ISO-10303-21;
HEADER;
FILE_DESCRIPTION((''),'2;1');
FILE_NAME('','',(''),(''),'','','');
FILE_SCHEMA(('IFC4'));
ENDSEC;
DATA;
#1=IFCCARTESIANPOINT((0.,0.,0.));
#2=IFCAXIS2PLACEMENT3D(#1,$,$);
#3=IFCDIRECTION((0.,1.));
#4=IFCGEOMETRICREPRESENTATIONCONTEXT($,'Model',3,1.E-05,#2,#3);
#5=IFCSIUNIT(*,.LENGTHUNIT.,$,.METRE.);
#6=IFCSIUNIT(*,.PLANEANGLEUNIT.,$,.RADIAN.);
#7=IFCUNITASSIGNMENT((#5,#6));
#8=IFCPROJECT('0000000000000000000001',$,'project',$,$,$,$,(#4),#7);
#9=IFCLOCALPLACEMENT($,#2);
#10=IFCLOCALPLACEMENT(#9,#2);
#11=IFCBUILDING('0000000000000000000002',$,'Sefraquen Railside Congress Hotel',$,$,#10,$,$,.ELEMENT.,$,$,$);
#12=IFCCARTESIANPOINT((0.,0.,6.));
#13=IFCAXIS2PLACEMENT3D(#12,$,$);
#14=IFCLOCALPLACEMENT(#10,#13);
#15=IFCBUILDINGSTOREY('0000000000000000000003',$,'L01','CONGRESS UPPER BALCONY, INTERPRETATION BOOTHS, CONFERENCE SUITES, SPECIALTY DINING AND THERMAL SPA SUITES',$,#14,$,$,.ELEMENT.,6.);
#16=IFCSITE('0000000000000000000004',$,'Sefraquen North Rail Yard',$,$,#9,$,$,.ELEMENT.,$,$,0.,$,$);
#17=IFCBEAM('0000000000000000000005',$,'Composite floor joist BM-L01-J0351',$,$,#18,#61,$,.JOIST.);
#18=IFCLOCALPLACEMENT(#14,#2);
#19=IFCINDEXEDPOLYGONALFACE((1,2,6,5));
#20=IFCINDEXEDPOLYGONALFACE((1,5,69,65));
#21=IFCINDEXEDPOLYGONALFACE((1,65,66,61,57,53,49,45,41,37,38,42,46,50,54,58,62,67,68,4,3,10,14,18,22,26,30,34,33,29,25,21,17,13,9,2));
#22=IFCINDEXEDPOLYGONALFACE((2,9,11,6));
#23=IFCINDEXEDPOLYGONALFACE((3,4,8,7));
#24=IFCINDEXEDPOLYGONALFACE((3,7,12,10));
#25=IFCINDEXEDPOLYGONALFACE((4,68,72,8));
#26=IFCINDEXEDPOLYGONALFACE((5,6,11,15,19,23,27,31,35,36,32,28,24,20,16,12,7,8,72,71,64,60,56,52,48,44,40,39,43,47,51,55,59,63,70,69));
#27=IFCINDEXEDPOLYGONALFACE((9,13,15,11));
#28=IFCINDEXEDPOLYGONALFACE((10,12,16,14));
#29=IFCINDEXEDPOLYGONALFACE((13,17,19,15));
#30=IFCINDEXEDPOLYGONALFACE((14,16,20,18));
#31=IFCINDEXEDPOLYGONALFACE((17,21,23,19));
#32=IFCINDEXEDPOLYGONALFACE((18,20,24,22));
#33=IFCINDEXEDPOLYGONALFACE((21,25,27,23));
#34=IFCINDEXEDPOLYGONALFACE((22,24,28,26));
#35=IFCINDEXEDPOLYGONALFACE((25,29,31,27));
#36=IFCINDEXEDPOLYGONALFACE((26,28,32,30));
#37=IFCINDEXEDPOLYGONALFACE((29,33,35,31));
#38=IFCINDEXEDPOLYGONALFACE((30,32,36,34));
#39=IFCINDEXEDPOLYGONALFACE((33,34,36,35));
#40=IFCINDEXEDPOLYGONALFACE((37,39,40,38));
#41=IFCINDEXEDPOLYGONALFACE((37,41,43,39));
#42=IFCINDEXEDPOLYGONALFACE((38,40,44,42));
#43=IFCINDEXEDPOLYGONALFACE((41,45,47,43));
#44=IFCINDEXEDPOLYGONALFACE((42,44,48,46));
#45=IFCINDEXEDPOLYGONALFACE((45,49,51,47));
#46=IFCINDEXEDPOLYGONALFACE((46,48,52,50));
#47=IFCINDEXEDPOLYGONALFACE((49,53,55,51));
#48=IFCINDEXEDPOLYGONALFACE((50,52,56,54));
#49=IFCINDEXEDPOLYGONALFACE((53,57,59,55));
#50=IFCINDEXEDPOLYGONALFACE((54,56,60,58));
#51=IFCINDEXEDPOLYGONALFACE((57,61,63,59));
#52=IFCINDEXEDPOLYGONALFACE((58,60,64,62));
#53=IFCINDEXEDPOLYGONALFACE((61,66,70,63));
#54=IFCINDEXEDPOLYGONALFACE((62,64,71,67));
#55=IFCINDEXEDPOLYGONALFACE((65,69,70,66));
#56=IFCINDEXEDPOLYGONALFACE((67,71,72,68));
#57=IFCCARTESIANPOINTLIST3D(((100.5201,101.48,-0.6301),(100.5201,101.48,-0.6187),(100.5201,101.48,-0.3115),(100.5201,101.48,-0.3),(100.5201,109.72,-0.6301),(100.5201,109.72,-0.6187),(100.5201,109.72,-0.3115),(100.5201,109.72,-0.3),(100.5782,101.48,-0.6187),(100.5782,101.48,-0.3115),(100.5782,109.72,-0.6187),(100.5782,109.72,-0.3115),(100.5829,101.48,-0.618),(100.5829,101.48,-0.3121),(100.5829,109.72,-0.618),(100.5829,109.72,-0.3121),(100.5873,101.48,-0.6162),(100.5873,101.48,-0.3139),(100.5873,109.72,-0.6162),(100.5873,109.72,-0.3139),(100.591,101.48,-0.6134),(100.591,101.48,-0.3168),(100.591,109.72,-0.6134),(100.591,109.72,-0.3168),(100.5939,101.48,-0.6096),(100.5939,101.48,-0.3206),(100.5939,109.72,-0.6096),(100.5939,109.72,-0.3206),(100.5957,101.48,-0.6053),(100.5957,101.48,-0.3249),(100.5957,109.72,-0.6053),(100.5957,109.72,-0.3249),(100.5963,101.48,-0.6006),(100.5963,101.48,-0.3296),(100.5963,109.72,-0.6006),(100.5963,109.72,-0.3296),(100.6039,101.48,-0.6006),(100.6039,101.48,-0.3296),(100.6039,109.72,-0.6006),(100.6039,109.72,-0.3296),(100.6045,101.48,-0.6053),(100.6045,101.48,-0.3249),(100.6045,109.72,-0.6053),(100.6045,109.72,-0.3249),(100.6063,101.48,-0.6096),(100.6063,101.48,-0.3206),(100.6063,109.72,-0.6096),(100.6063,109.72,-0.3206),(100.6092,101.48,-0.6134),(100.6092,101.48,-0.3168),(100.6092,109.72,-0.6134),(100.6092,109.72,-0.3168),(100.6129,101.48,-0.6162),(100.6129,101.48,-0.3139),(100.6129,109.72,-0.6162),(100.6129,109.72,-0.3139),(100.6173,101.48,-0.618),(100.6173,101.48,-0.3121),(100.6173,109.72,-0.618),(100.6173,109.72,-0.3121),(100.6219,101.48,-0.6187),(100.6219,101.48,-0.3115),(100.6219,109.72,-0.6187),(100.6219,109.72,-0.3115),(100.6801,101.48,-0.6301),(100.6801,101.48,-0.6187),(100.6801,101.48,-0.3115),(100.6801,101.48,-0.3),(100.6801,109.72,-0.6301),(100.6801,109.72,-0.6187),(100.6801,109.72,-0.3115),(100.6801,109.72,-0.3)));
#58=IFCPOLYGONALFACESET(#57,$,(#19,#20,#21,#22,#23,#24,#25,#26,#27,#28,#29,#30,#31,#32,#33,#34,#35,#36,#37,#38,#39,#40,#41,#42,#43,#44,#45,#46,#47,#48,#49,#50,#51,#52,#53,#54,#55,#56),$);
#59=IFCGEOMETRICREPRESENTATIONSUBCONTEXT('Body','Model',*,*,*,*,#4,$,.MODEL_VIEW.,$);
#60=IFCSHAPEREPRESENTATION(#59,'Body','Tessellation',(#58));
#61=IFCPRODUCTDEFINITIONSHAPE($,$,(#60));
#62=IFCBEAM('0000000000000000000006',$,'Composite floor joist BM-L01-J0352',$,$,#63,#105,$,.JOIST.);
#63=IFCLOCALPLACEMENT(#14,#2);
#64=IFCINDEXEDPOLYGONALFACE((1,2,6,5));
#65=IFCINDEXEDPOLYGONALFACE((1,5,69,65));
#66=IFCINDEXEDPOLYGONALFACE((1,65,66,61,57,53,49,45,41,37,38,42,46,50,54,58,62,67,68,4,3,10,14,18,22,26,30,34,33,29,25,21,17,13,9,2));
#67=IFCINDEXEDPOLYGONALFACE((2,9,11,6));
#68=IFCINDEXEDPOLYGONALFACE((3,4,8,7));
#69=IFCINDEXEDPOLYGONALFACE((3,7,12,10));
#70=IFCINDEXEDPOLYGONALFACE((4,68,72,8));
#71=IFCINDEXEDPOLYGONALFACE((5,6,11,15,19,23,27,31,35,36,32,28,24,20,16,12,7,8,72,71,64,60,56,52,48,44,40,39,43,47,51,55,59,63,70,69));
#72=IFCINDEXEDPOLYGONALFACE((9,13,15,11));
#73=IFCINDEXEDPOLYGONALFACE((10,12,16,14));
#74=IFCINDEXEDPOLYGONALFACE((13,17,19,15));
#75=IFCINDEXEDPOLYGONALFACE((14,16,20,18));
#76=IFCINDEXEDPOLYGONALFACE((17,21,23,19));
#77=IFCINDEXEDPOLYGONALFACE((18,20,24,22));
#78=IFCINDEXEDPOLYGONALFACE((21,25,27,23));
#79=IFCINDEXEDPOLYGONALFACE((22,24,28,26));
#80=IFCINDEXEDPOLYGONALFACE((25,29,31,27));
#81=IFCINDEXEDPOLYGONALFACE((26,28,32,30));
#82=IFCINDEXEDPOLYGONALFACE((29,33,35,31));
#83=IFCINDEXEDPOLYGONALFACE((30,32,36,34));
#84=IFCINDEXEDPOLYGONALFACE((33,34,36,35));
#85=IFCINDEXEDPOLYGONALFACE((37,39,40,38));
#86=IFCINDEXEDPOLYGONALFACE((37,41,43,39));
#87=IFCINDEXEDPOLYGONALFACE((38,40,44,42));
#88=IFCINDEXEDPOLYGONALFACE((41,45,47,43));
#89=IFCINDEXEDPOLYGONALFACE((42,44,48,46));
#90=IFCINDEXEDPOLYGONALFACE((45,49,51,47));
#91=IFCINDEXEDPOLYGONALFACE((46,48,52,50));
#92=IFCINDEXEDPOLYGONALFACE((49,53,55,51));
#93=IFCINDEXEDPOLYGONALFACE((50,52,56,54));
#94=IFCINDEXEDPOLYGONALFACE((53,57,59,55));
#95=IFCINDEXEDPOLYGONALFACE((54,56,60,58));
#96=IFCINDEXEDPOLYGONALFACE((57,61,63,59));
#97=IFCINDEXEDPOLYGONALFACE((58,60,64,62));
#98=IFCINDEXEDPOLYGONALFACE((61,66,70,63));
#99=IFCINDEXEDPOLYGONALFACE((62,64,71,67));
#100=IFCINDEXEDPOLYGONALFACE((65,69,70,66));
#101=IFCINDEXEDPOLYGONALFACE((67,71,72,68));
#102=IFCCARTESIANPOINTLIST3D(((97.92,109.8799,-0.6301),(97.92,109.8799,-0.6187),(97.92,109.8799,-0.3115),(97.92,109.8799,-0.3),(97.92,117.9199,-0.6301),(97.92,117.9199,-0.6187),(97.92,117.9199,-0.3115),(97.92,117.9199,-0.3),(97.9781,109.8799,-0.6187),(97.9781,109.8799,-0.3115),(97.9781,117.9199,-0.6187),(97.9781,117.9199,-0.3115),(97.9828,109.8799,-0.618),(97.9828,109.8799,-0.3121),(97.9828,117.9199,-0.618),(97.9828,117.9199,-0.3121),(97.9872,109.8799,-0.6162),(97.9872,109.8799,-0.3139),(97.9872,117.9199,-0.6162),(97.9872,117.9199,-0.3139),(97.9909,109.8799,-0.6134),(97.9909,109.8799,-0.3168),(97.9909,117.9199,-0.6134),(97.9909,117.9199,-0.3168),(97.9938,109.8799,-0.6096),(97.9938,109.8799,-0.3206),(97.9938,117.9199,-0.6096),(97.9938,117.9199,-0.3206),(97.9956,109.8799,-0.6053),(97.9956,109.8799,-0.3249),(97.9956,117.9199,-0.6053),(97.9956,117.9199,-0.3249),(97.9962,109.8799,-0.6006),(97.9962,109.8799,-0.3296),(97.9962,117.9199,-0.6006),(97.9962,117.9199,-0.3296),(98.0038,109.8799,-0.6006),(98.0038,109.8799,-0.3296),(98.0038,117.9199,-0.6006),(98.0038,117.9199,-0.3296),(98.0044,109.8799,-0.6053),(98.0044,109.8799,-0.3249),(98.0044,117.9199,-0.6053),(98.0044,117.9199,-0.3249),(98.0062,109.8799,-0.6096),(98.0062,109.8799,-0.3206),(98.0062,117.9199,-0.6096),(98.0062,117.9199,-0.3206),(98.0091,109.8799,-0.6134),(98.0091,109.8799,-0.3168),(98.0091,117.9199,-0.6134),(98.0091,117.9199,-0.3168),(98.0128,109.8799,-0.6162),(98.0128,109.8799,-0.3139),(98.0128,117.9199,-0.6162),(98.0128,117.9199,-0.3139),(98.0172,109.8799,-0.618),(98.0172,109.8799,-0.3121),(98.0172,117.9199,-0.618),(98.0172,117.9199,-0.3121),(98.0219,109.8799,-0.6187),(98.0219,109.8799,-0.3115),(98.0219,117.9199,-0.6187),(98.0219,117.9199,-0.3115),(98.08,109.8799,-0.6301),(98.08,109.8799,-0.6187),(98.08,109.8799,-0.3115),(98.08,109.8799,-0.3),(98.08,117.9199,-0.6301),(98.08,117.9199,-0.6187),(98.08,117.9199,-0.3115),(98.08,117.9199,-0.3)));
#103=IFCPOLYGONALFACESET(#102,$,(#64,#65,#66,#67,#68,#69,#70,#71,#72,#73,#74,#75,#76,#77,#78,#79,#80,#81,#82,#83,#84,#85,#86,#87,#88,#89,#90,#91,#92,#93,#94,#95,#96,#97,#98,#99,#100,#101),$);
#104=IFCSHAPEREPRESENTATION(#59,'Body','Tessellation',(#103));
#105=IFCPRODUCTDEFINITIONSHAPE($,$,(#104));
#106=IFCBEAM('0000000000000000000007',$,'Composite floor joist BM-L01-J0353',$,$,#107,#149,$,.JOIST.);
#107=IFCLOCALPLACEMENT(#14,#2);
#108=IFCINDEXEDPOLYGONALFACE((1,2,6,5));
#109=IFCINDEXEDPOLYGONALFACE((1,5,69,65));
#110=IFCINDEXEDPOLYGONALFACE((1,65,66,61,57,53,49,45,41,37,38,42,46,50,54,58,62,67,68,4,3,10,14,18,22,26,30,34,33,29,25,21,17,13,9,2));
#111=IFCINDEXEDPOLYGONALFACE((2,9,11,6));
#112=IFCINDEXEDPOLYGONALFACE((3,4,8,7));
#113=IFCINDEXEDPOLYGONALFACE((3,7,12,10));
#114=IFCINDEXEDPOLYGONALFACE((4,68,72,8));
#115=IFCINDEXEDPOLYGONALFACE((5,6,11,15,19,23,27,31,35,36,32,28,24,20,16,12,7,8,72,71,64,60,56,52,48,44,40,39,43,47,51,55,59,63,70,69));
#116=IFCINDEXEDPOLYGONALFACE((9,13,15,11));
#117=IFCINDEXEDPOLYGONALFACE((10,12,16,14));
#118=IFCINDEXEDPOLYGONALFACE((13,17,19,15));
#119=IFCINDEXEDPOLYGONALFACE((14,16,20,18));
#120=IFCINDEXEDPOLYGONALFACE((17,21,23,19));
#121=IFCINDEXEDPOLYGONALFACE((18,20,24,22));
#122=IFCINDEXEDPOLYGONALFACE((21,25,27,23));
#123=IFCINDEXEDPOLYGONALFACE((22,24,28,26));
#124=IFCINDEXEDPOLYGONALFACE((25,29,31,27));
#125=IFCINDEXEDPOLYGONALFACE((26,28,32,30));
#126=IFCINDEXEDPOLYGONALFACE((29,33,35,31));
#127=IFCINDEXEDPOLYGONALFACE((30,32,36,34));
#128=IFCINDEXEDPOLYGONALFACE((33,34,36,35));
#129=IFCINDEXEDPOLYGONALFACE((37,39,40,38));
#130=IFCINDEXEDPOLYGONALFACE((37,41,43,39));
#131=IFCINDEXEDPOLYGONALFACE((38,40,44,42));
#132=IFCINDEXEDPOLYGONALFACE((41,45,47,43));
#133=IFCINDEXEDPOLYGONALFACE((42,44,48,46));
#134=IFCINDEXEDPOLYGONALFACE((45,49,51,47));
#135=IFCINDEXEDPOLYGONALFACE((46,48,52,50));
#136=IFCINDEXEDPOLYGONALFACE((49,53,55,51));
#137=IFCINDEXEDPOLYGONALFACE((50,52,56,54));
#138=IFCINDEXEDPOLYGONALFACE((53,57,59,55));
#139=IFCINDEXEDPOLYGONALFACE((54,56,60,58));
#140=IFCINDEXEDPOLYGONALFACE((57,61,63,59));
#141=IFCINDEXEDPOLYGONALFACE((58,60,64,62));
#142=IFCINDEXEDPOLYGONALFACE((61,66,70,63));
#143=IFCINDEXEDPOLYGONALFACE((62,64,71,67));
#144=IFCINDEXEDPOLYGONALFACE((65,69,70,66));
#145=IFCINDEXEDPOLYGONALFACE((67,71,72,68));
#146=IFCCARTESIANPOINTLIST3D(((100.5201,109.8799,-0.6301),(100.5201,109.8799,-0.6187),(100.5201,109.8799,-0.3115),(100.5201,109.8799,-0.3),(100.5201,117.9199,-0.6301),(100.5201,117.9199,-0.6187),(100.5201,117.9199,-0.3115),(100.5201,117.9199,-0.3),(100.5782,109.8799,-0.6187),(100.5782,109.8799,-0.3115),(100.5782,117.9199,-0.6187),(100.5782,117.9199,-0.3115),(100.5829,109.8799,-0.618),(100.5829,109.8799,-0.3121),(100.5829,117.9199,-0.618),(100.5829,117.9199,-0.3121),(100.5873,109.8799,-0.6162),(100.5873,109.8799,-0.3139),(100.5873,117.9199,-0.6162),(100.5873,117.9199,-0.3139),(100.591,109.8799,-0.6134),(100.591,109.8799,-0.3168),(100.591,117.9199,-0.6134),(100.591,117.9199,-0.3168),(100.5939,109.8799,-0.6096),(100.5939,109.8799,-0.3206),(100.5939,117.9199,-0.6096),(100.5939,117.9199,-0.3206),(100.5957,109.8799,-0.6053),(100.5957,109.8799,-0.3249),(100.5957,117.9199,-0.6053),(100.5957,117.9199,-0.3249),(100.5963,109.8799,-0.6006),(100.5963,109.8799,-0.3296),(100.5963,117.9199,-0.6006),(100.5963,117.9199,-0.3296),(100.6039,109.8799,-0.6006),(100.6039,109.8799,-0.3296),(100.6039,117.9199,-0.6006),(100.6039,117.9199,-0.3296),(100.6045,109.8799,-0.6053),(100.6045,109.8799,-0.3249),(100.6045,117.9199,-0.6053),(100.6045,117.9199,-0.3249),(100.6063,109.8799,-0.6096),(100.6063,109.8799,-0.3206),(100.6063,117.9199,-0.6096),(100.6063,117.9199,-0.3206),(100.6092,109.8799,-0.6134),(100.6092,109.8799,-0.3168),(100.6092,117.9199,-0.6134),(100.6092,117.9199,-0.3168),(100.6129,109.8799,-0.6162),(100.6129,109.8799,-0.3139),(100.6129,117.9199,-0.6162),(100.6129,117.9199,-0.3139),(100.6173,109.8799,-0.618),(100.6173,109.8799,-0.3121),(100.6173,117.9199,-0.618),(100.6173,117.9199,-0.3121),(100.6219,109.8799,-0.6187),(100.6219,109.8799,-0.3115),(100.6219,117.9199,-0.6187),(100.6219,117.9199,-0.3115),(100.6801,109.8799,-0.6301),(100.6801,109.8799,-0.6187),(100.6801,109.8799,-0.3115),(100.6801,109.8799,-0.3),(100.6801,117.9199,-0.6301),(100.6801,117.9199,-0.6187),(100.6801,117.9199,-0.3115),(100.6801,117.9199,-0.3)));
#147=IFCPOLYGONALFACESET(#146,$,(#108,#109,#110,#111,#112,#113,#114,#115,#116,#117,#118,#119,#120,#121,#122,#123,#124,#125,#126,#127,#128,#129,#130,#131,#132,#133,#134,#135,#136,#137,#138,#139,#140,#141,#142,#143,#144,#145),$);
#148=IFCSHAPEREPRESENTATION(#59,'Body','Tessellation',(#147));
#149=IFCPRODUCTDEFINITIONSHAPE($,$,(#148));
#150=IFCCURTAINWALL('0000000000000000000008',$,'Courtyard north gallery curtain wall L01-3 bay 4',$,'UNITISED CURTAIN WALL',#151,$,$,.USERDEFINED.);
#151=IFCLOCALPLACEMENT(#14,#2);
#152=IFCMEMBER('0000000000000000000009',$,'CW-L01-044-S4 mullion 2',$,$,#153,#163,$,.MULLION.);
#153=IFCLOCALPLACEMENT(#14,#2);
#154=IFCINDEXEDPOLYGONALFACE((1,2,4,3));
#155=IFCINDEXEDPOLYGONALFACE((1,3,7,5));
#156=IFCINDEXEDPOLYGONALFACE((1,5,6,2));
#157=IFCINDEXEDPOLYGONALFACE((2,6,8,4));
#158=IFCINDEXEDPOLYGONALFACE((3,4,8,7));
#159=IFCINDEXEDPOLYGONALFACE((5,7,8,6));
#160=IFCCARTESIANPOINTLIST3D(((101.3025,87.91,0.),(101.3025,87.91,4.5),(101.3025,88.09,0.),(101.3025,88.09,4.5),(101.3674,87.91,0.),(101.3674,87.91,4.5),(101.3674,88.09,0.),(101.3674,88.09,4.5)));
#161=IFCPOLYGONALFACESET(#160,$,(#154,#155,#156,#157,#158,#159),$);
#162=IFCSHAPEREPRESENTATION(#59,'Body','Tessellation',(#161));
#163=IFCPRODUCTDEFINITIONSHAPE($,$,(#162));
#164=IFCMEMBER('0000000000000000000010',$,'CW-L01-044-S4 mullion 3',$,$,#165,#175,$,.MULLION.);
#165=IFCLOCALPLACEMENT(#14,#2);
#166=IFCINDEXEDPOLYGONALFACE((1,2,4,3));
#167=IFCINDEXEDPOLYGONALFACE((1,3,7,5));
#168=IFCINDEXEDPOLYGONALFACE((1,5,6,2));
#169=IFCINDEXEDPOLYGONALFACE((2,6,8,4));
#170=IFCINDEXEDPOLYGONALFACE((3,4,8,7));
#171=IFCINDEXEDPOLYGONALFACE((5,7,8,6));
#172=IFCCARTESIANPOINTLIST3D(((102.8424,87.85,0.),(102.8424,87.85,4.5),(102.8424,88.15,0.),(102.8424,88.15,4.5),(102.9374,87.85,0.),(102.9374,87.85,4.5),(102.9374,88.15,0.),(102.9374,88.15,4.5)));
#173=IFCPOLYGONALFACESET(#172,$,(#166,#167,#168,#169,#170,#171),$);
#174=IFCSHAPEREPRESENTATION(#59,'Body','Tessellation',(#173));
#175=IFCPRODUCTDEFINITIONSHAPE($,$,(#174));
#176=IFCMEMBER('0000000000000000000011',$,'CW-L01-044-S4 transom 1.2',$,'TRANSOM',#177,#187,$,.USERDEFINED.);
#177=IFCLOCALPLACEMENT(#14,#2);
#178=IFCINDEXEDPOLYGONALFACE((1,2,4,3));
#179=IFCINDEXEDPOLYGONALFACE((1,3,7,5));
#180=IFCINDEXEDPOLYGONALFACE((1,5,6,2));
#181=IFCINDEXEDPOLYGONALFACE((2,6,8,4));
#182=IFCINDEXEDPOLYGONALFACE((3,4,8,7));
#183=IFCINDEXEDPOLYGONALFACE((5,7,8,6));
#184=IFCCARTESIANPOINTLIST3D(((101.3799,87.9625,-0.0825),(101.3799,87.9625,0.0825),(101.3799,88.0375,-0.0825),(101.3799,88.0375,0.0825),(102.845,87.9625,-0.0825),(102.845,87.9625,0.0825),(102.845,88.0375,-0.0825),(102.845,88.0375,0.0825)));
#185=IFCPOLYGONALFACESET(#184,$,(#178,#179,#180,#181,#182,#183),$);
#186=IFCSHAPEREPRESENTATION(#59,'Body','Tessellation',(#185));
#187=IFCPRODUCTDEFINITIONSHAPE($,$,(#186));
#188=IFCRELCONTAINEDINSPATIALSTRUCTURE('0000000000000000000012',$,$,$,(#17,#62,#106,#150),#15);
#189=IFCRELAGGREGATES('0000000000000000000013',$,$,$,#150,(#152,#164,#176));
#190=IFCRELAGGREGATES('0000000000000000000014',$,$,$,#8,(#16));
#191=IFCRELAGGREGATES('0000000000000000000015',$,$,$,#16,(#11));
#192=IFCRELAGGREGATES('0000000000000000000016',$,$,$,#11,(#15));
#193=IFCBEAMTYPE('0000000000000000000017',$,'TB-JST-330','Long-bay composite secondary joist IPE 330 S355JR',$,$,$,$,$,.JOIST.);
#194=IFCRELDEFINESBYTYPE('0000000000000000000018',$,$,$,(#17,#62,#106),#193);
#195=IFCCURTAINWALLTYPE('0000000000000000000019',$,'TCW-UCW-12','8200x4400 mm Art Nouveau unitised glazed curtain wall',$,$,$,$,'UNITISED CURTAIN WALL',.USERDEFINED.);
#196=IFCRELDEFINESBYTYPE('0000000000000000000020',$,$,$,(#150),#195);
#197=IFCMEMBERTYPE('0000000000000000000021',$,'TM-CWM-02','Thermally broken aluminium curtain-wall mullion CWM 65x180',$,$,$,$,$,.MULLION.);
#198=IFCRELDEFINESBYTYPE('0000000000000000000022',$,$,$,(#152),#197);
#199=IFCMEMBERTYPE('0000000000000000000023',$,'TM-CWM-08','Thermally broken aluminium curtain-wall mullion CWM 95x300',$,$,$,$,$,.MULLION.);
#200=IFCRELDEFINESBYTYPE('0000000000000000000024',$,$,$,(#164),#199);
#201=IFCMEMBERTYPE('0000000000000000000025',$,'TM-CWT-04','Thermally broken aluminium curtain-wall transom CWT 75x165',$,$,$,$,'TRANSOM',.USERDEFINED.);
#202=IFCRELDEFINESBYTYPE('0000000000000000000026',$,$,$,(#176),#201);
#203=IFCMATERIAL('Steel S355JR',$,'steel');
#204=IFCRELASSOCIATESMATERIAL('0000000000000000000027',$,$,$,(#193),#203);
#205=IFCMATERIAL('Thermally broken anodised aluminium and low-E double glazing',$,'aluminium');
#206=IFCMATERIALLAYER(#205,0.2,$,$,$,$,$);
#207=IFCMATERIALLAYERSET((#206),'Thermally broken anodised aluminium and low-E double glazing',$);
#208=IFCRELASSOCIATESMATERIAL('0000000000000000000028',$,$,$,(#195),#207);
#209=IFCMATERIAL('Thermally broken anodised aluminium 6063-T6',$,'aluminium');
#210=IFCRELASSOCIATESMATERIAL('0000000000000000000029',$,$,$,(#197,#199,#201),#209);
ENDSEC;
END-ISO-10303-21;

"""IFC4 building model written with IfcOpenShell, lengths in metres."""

from ifc_helpers import new_model, si_unit, direction, frame, origin, origin_2d, place, context, subcontext, project, spatial, rectangle, i_section, extrude, material, layer, layer_set, material_profile, profile_set, type_object, element, aggregate, save


model = new_model("IFC4")

# Units and contexts
model_context = context("Model", 3, precision=1e-05, world=origin(), true_north=direction((0.0, 1.0)))
body_context = subcontext(model_context, "Body", "Model", "MODEL_VIEW")
ifc_project = project(units=[si_unit("LENGTHUNIT", "METRE"), si_unit("PLANEANGLEUNIT", "RADIAN")], contexts=[model_context])

# Site, building, storey
site_placement = place(None, origin())
site = spatial("IfcSite", under=ifc_project, at=site_placement, Name="Sefraquen North Rail Yard", CompositionType="ELEMENT", RefElevation=0.0)
building_placement = place(site_placement, origin())
building = spatial("IfcBuilding", under=site, at=building_placement, Name="Sefraquen Railside Congress Hotel", CompositionType="ELEMENT")
storey_placement = place(building_placement, frame((0.0, 0.0, 6.0)))
storey = spatial("IfcBuildingStorey", under=building, at=storey_placement, Name="L01", Description="CONGRESS UPPER BALCONY, INTERPRETATION BOOTHS, CONFERENCE SUITES, SPECIALTY DINING AND THERMAL SPA SUITES", CompositionType="ELEMENT", Elevation=6.0)

# Shared definitions
ifc_material_1 = material(Name="Steel S355JR", Category="steel")

# Beams
ifc_material_profile_1 = material_profile(ifc_material_1, i_section(OverallWidth=0.1599, OverallDepth=0.3301, WebThickness=0.0076, FlangeThickness=0.0115, FilletRadius=0.0181, at=origin_2d()), Name="IPE 330")
ifc_profile_set_1 = profile_set([ifc_material_profile_1], Name="Steel S355JR")
beam_type_1 = type_object("IfcBeamType", Name="TB-JST-330", Description="Long-bay composite secondary joist IPE 330 S355JR", PredefinedType="JOIST", material=ifc_profile_set_1)
for number, where, z_axis, x_axis, name in (
    (1, (100.6001, 101.48, -0.4651), (0.0, 1.0, 0.0), (-1.0, 0.0, 0.0), "Composite floor joist BM-L01-J0351"),
):
    element("IfcBeam", number, at=place(storey_placement, frame(where, z_axis=z_axis, x_axis=x_axis)), inside=storey, type_object=beam_type_1, Name=name, PredefinedType="JOIST", context=body_context, shape_type="SweptSolid", body=[
        extrude(i_section(OverallWidth=0.1599, OverallDepth=0.3301, WebThickness=0.0076, FlangeThickness=0.0115, FilletRadius=0.0181, at=origin_2d()), origin(), (0.0, 0.0, 1.0), 8.24),
    ])
for number, where, z_axis, x_axis, name in (
    (2, (98.0, 109.8799, -0.4651), (0.0, 1.0, 0.0), (-1.0, 0.0, 0.0), "Composite floor joist BM-L01-J0352"),
    (3, (100.6001, 109.8799, -0.4651), (0.0, 1.0, 0.0), (-1.0, 0.0, 0.0), "Composite floor joist BM-L01-J0353"),
):
    element("IfcBeam", number, at=place(storey_placement, frame(where, z_axis=z_axis, x_axis=x_axis)), inside=storey, type_object=beam_type_1, Name=name, PredefinedType="JOIST", context=body_context, shape_type="SweptSolid", body=[
        extrude(i_section(OverallWidth=0.1599, OverallDepth=0.3301, WebThickness=0.0076, FlangeThickness=0.0115, FilletRadius=0.0181, at=origin_2d()), origin(), (0.0, 0.0, 1.0), 8.04),
    ])

# Curtain wall, members
ifc_material_2 = material(Name="Thermally broken anodised aluminium and low-E double glazing", Category="aluminium")
ifc_layer_1 = layer(ifc_material_2, 0.2)
ifc_layer_set_1 = layer_set([ifc_layer_1], Name="Thermally broken anodised aluminium and low-E double glazing")
curtain_wall_type = type_object("IfcCurtainWallType", Name="TCW-UCW-12", Description="8200x4400 mm Art Nouveau unitised glazed curtain wall", ElementType="UNITISED CURTAIN WALL", PredefinedType="USERDEFINED", material=ifc_layer_set_1)
curtain_wall_placement = place(storey_placement, origin())
curtain_wall = element("IfcCurtainWall", 4, at=curtain_wall_placement, inside=storey, type_object=curtain_wall_type, Name="Courtyard north gallery curtain wall L01-3 bay 4", ObjectType="UNITISED CURTAIN WALL", PredefinedType="USERDEFINED")
ifc_material_3 = material(Name="Thermally broken anodised aluminium 6063-T6", Category="aluminium")
ifc_material_profile_2 = material_profile(ifc_material_3, rectangle(XDim=0.0649, YDim=0.1799, at=origin_2d()), Name="CWM 65x180")
ifc_profile_set_2 = profile_set([ifc_material_profile_2], Name="Thermally broken anodised aluminium 6063-T6")
member_type_1 = type_object("IfcMemberType", Name="TM-CWM-02", Description="Thermally broken aluminium curtain-wall mullion CWM 65x180", PredefinedType="MULLION", material=ifc_profile_set_2)
member_1_placement = place(storey_placement, frame((101.335, 88.0, 0.0), z_axis=(0.0, 0.0, 1.0), x_axis=(1.0, 0.0, 0.0)))
member_1 = element("IfcMember", 5, at=member_1_placement, type_object=member_type_1, Name="CW-L01-044-S4 mullion 2", PredefinedType="MULLION", context=body_context, shape_type="SweptSolid", body=[
    extrude(rectangle(XDim=0.0649, YDim=0.1799, at=origin_2d()), origin(), (0.0, 0.0, 1.0), 4.5),
])
ifc_material_profile_3 = material_profile(ifc_material_3, rectangle(XDim=0.095, YDim=0.3, at=origin_2d()), Name="CWM 95x300")
ifc_profile_set_3 = profile_set([ifc_material_profile_3], Name="Thermally broken anodised aluminium 6063-T6")
member_type_2 = type_object("IfcMemberType", Name="TM-CWM-08", Description="Thermally broken aluminium curtain-wall mullion CWM 95x300", PredefinedType="MULLION", material=ifc_profile_set_3)
member_2_placement = place(storey_placement, frame((102.8899, 88.0, 0.0), z_axis=(0.0, 0.0, 1.0), x_axis=(1.0, 0.0, 0.0)))
member_2 = element("IfcMember", 6, at=member_2_placement, type_object=member_type_2, Name="CW-L01-044-S4 mullion 3", PredefinedType="MULLION", context=body_context, shape_type="SweptSolid", body=[
    extrude(rectangle(XDim=0.095, YDim=0.3, at=origin_2d()), origin(), (0.0, 0.0, 1.0), 4.5),
])
ifc_material_profile_4 = material_profile(ifc_material_3, rectangle(XDim=0.075, YDim=0.165, at=origin_2d()), Name="CWT 75x165")
ifc_profile_set_4 = profile_set([ifc_material_profile_4], Name="Thermally broken anodised aluminium 6063-T6")
member_type_3 = type_object("IfcMemberType", Name="TM-CWT-04", Description="Thermally broken aluminium curtain-wall transom CWT 75x165", ElementType="TRANSOM", PredefinedType="USERDEFINED", material=ifc_profile_set_4)
member_3_placement = place(storey_placement, frame((101.3799, 88.0, 0.0), z_axis=(1.0, 0.0, 0.0), x_axis=(0.0, 1.0, 0.0)))
member_3 = element("IfcMember", 7, at=member_3_placement, type_object=member_type_3, Name="CW-L01-044-S4 transom 1.2", ObjectType="TRANSOM", PredefinedType="USERDEFINED", context=body_context, shape_type="SweptSolid", body=[
    extrude(rectangle(XDim=0.075, YDim=0.165, at=origin_2d()), origin(), (0.0, 0.0, 1.0), 1.4651),
])
aggregate(curtain_wall, [member_1, member_2, member_3])

save(model, "model.ifc")
